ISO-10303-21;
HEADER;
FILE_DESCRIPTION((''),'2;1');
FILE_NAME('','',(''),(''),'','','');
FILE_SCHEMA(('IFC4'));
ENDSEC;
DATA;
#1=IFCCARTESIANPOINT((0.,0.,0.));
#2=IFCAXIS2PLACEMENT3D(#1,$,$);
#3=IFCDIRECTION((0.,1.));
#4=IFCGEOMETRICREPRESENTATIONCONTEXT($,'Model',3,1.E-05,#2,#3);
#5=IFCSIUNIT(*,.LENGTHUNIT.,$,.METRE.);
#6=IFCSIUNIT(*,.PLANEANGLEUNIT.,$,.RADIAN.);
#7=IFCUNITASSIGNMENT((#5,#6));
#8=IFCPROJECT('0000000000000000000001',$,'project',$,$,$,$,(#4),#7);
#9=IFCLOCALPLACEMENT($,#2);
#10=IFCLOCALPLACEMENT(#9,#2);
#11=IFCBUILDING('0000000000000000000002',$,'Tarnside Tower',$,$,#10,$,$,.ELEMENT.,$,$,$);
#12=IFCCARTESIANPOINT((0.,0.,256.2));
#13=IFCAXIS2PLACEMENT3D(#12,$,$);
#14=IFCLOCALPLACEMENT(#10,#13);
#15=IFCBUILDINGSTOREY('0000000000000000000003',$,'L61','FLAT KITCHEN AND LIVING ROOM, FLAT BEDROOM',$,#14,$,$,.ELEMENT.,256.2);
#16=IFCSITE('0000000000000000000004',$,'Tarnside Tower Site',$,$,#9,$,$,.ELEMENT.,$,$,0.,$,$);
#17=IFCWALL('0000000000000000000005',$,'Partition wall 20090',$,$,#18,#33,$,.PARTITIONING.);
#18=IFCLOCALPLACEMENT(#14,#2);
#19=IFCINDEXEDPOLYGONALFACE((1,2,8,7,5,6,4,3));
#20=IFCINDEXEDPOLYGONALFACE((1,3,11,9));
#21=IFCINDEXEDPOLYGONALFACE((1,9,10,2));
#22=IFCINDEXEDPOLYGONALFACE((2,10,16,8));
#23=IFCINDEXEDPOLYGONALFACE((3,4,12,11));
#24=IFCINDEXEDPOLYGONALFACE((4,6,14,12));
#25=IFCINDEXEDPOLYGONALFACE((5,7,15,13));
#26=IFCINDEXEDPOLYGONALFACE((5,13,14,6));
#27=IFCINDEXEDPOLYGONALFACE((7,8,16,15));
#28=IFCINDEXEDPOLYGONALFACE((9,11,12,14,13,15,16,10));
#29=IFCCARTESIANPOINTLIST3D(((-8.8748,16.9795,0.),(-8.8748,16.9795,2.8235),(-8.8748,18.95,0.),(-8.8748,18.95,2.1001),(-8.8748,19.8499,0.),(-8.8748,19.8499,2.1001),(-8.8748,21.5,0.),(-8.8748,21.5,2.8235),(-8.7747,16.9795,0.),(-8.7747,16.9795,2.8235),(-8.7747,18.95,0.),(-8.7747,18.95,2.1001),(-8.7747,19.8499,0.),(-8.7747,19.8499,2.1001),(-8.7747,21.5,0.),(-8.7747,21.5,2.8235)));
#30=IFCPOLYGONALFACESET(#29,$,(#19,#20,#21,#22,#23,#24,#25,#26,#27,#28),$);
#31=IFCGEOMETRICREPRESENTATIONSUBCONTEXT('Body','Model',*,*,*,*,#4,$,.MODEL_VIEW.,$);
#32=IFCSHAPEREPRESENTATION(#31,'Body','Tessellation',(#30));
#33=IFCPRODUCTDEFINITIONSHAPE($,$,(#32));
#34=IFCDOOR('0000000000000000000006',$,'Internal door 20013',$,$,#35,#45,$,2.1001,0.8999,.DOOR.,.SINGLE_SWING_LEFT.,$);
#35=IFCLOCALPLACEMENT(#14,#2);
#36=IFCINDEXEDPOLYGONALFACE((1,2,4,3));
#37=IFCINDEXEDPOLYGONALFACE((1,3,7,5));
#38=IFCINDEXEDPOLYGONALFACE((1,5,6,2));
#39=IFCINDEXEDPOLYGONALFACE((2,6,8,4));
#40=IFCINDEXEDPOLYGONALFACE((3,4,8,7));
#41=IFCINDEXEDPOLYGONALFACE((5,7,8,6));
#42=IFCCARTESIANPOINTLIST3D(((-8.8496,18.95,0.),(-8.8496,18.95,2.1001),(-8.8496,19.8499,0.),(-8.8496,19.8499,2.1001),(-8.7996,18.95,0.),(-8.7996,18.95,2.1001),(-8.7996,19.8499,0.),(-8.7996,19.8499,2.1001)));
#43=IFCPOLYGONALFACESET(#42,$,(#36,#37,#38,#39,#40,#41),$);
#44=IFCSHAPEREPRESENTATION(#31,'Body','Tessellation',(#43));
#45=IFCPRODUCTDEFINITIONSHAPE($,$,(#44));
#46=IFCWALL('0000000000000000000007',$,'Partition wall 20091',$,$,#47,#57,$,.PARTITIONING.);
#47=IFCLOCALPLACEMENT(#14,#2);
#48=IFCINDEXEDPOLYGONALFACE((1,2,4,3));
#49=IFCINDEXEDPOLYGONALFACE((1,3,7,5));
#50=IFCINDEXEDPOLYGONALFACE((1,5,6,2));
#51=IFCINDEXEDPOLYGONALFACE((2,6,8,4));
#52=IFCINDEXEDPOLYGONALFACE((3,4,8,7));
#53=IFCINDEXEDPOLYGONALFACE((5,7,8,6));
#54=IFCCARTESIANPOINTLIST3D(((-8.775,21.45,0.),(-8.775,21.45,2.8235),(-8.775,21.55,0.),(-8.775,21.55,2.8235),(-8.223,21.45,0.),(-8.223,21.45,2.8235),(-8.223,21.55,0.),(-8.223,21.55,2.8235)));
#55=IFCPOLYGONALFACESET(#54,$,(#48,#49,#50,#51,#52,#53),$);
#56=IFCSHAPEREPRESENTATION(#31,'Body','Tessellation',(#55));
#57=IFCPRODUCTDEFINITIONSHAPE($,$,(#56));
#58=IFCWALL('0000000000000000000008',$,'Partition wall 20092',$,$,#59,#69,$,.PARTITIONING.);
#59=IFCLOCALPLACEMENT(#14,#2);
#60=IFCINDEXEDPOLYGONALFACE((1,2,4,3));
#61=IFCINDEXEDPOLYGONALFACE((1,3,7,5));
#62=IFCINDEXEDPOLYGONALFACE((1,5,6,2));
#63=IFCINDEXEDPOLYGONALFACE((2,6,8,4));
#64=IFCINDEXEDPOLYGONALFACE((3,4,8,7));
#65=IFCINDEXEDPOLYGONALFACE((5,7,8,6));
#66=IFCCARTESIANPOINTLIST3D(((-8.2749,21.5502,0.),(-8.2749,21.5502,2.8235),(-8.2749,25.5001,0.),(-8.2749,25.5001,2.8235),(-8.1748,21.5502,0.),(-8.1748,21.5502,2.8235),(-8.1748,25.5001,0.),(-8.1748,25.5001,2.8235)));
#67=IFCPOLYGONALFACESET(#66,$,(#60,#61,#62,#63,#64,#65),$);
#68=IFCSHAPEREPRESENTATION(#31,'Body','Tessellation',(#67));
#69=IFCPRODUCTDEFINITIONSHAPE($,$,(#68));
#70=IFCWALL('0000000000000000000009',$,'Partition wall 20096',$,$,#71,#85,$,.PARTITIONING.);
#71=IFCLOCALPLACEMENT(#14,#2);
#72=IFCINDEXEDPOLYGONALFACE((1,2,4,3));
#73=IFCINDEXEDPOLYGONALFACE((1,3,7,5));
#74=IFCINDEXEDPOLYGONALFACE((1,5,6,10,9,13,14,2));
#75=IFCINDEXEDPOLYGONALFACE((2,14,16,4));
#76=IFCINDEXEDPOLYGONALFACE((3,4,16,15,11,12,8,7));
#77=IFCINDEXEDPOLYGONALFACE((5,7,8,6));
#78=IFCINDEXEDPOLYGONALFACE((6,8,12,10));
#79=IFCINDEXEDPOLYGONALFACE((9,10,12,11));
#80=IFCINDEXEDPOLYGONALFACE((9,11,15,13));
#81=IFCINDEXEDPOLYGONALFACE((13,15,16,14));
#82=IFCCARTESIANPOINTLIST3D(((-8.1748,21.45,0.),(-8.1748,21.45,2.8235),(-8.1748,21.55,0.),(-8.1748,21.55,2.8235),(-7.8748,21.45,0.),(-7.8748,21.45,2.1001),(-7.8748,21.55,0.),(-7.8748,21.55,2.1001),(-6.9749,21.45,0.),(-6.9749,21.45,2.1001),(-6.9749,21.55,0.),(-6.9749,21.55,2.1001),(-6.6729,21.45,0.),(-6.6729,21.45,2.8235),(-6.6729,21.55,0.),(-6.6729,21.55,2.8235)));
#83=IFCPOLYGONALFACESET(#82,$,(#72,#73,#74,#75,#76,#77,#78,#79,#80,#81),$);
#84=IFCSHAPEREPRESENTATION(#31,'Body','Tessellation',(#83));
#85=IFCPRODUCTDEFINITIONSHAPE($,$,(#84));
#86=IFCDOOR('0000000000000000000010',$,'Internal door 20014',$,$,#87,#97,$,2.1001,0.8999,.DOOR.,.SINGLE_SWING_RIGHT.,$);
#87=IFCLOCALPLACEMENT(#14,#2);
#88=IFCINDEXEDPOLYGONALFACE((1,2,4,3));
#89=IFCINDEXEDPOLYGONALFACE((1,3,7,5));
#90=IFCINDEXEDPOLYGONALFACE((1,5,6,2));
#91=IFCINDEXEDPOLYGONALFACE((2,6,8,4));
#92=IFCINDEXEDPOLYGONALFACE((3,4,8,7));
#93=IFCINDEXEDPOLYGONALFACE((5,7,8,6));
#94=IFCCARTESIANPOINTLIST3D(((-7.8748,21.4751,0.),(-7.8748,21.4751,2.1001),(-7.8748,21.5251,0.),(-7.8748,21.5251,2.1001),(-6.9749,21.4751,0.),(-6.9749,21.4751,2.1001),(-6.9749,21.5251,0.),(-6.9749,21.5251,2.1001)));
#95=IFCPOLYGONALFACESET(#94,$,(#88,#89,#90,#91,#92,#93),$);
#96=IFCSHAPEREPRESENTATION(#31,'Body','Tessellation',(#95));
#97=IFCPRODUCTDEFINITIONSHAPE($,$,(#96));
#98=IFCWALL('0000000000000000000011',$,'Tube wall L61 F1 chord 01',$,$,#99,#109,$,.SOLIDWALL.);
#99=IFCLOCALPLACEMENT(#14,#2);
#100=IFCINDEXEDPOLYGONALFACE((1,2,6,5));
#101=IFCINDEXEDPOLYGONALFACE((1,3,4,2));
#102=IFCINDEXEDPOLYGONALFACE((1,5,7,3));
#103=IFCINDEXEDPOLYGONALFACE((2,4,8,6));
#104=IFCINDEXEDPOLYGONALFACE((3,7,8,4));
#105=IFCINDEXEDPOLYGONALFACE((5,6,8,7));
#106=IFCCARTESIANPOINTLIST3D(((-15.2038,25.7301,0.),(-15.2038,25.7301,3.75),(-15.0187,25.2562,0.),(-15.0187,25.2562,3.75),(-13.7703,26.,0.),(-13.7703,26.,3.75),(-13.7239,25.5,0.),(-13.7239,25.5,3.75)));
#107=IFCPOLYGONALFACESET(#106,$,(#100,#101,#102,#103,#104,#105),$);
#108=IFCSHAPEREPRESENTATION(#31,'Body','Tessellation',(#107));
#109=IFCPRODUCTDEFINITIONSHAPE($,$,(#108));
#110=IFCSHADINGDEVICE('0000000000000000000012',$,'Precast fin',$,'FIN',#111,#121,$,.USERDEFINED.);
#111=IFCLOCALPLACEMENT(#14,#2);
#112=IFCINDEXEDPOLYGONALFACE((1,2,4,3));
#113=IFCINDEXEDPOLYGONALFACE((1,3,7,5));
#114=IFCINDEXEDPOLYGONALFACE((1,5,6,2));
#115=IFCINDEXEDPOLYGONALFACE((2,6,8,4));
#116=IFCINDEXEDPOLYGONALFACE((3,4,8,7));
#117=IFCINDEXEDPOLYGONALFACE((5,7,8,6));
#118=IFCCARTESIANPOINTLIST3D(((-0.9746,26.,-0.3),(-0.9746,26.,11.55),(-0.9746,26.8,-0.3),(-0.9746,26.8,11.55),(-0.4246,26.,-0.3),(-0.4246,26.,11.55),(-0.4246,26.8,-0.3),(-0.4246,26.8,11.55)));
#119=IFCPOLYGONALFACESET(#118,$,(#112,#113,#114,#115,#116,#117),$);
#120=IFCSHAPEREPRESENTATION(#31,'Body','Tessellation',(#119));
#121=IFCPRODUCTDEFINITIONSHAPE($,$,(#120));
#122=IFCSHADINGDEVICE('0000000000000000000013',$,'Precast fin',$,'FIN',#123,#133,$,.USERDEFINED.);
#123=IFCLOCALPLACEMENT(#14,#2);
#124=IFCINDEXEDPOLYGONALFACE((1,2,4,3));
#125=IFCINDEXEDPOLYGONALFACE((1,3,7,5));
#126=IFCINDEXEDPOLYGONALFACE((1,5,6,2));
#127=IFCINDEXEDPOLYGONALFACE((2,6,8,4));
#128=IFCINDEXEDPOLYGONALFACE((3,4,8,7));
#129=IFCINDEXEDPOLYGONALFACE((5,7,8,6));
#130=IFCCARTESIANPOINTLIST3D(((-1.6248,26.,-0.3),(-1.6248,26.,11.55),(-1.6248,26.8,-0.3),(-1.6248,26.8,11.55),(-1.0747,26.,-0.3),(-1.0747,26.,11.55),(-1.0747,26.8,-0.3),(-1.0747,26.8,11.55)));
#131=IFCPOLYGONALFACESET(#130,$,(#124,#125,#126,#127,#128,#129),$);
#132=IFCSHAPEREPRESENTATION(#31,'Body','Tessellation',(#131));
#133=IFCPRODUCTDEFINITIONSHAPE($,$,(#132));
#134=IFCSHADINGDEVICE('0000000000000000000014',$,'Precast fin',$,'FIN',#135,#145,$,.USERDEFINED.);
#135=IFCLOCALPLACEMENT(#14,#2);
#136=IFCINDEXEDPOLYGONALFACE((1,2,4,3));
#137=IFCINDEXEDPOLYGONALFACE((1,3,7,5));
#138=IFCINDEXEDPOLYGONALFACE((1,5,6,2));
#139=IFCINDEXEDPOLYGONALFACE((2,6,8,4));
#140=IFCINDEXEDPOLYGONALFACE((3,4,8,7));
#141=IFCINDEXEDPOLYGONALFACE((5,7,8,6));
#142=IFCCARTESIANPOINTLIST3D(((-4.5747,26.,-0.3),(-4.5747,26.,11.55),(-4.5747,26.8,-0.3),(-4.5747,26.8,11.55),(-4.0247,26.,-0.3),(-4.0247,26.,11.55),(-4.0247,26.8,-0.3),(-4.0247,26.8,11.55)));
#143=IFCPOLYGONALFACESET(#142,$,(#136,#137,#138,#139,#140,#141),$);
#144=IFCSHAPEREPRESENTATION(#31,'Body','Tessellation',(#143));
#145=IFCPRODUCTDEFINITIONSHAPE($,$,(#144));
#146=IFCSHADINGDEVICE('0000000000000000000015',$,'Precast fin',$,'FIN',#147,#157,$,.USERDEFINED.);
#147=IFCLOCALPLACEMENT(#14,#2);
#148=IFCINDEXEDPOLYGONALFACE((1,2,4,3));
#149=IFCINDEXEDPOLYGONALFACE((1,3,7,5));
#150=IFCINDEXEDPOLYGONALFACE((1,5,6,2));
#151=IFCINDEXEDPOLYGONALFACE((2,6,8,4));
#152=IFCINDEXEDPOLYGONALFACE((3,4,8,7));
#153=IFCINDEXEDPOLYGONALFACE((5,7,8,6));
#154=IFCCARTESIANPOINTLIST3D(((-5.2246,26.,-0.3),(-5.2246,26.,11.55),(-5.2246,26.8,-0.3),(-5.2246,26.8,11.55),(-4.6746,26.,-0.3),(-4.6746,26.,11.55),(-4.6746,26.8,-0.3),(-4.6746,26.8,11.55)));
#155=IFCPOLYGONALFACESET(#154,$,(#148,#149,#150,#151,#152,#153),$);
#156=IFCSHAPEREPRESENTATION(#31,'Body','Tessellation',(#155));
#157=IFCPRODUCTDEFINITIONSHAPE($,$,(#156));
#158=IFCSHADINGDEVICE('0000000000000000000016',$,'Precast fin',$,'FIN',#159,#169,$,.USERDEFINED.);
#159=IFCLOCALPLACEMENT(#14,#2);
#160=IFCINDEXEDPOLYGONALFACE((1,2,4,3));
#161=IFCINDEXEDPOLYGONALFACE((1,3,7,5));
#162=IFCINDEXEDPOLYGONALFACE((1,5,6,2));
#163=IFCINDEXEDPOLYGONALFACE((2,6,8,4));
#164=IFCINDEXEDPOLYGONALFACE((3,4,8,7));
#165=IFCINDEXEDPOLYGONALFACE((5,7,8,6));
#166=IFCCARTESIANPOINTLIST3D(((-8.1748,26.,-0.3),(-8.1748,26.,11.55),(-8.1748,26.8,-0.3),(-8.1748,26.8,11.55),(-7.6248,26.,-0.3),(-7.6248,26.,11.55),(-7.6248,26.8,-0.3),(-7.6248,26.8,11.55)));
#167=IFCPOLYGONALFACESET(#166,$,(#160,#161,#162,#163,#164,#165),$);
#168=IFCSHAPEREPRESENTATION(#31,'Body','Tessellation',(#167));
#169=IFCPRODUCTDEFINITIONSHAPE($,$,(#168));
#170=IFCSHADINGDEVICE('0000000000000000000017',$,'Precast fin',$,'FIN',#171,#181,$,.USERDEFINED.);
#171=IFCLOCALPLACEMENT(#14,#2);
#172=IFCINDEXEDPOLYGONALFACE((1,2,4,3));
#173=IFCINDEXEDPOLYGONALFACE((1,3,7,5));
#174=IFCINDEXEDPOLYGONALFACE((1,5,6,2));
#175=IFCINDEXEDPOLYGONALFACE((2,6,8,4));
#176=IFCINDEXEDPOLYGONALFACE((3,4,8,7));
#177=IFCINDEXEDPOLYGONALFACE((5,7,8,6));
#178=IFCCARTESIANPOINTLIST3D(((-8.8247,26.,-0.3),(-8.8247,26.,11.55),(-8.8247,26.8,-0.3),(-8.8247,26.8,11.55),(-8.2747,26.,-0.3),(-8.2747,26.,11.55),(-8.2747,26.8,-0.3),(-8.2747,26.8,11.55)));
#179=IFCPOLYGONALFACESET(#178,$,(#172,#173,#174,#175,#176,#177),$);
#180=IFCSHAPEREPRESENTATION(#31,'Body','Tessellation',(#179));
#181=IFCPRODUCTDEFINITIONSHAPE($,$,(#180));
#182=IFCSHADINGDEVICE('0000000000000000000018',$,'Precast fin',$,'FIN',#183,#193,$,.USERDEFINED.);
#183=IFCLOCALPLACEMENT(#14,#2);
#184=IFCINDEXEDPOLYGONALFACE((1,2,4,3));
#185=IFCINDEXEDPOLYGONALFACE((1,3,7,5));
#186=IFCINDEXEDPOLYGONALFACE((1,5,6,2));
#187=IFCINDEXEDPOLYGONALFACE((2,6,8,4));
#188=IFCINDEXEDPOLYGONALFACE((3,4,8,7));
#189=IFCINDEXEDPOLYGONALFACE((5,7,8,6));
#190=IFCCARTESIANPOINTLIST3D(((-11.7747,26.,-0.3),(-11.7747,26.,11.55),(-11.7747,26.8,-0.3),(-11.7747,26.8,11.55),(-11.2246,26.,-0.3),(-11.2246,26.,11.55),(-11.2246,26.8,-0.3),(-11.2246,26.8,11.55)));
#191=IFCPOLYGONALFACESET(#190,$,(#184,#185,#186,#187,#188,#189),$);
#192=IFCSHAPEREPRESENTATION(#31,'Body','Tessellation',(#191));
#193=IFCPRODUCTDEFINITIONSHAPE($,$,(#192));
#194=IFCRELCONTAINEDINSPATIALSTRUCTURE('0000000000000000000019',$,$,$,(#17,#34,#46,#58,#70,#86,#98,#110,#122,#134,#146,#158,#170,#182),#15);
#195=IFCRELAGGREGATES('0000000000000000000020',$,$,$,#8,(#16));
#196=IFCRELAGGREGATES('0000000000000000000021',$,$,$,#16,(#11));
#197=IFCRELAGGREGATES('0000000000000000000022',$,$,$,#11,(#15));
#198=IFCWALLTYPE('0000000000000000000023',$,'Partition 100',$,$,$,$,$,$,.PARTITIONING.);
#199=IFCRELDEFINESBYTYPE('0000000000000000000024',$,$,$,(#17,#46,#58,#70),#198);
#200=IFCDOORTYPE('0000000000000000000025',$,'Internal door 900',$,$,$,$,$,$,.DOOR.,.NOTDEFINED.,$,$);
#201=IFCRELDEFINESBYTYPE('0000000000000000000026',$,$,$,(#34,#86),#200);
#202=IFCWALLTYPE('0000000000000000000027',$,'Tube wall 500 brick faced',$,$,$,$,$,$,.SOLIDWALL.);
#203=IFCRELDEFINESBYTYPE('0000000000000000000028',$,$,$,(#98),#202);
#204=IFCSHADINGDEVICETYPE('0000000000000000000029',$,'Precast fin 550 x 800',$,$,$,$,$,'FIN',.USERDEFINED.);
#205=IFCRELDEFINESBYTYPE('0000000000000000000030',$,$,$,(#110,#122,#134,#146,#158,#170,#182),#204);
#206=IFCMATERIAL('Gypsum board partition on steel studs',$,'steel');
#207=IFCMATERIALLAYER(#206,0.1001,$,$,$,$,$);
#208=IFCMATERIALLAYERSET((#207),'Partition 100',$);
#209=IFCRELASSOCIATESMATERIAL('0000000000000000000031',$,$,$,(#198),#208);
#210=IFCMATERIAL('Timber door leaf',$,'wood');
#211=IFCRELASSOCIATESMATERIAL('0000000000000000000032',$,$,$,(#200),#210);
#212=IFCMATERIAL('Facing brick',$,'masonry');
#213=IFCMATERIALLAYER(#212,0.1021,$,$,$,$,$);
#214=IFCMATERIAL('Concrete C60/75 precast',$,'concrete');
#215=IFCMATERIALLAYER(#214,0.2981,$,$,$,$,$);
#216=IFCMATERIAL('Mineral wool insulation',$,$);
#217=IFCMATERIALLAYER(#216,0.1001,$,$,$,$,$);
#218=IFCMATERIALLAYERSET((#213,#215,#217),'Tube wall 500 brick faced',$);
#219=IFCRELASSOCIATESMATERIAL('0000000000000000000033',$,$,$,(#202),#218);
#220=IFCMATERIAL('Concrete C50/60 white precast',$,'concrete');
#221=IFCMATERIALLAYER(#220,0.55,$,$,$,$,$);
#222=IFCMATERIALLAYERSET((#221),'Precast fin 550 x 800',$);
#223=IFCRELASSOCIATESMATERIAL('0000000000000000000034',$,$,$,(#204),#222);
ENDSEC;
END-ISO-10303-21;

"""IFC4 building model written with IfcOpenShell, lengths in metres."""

from ifc_helpers import new_model, si_unit, direction, frame, frame_2d, origin, place, context, subcontext, project, spatial, polyline, rectangle, outline, extrude, material, layer, layer_set, type_object, element, fill, save


model = new_model("IFC4")

# Units and contexts
model_context = context("Model", 3, precision=1e-05, world=origin(), true_north=direction((0.0, 1.0)))
body_context = subcontext(model_context, "Body", "Model", "MODEL_VIEW")
ifc_project = project(units=[si_unit("LENGTHUNIT", "METRE"), si_unit("PLANEANGLEUNIT", "RADIAN")], contexts=[model_context])

# Site, building, storey
site_placement = place(None, origin())
site = spatial("IfcSite", under=ifc_project, at=site_placement, Name="Tarnside Tower Site", CompositionType="ELEMENT", RefElevation=0.0)
building_placement = place(site_placement, origin())
building = spatial("IfcBuilding", under=site, at=building_placement, Name="Tarnside Tower", CompositionType="ELEMENT")
storey_placement = place(building_placement, frame((0.0, 0.0, 256.2)))
storey = spatial("IfcBuildingStorey", under=building, at=storey_placement, Name="L61", Description="FLAT KITCHEN AND LIVING ROOM, FLAT BEDROOM", CompositionType="ELEMENT", Elevation=256.2)

# Shared definitions
ifc_material_1 = material(Name="Gypsum board partition on steel studs", Category="steel")
ifc_material_2 = material(Name="Timber door leaf", Category="wood")

# Wall, opening, door
ifc_layer_1 = layer(ifc_material_1, 0.1001)
ifc_layer_set_1 = layer_set([ifc_layer_1], Name="Partition 100")
wall_type_1 = type_object("IfcWallType", Name="Partition 100", PredefinedType="PARTITIONING", material=ifc_layer_set_1)
wall_1_placement = place(storey_placement, frame((-8.8247, 16.9795, 0.0), z_axis=(0.0, 0.0, 1.0), x_axis=(0.0, 1.0, 0.0)))
wall_1 = element("IfcWall", 1, at=wall_1_placement, inside=storey, type_object=wall_type_1, Name="Partition wall 20090", PredefinedType="PARTITIONING", context=body_context, shape_type="SweptSolid", body=[
    extrude(rectangle(XDim=4.5205, YDim=0.1001, at=frame_2d((2.2603, 0.0))), origin(), (0.0, 0.0, 1.0), 2.8235),
])
opening_1_placement = place(wall_1_placement, frame((1.9705, 0.0, 0.0)))
opening_1 = element("IfcOpeningElement", 2, at=opening_1_placement, cuts=wall_1, PredefinedType="OPENING", context=body_context, shape_type="SweptSolid", body=[
    extrude(rectangle(XDim=0.8999, YDim=2.1001, at=frame_2d((0.45, 1.05))), frame((0.0, 0.0601, 0.0), z_axis=(0.0, -1.0, 0.0), x_axis=(1.0, 0.0, 0.0)), (0.0, 0.0, 1.0), 0.1201),
])
door_type_1 = type_object("IfcDoorType", Name="Internal door 900", OperationType="NOTDEFINED", PredefinedType="DOOR", material=ifc_material_2)
door_1_placement = place(opening_1_placement, origin())
door_1 = element("IfcDoor", 3, at=door_1_placement, inside=storey, type_object=door_type_1, Name="Internal door 20013", OperationType="SINGLE_SWING_LEFT", OverallHeight=2.1001, OverallWidth=0.8999, PredefinedType="DOOR", context=body_context, shape_type="SweptSolid", body=[
    extrude(rectangle(XDim=0.8999, YDim=2.1001, at=frame_2d((0.45, 1.05))), frame((0.0, 0.0249, 0.0), z_axis=(0.0, -1.0, 0.0), x_axis=(1.0, 0.0, 0.0)), (0.0, 0.0, 1.0), 0.05),
])
fill(opening_1, door_1)

# Walls
wall_2_placement = place(storey_placement, frame((-8.7749, 21.5, 0.0), z_axis=(0.0, 0.0, 1.0), x_axis=(1.0, 0.0, 0.0)))
element("IfcWall", 4, at=wall_2_placement, inside=storey, type_object=wall_type_1, Name="Partition wall 20091", PredefinedType="PARTITIONING", context=body_context, shape_type="SweptSolid", body=[
    extrude(rectangle(XDim=0.552, YDim=0.1001, at=frame_2d((0.2759, 0.0))), origin(), (0.0, 0.0, 1.0), 2.8235),
])
wall_3_placement = place(storey_placement, frame((-8.2249, 21.55, 0.0), z_axis=(0.0, 0.0, 1.0), x_axis=(0.0, 1.0, 0.0)))
element("IfcWall", 5, at=wall_3_placement, inside=storey, type_object=wall_type_1, Name="Partition wall 20092", PredefinedType="PARTITIONING", context=body_context, shape_type="SweptSolid", body=[
    extrude(rectangle(XDim=3.95, YDim=0.1001, at=frame_2d((1.9751, 0.0))), origin(), (0.0, 0.0, 1.0), 2.8235),
])

# Wall, opening, door
wall_4_placement = place(storey_placement, frame((-6.6729, 21.5, 0.0), z_axis=(0.0, 0.0, 1.0), x_axis=(-1.0, 0.0, 0.0)))
wall_4 = element("IfcWall", 6, at=wall_4_placement, inside=storey, type_object=wall_type_1, Name="Partition wall 20096", PredefinedType="PARTITIONING", context=body_context, shape_type="SweptSolid", body=[
    extrude(rectangle(XDim=1.502, YDim=0.1001, at=frame_2d((0.751, 0.0))), origin(), (0.0, 0.0, 1.0), 2.8235),
])
opening_2_placement = place(wall_4_placement, frame((0.302, 0.0, 0.0)))
opening_2 = element("IfcOpeningElement", 7, at=opening_2_placement, cuts=wall_4, PredefinedType="OPENING", context=body_context, shape_type="SweptSolid", body=[
    extrude(rectangle(XDim=0.8999, YDim=2.1001, at=frame_2d((0.45, 1.05))), frame((0.0, 0.0601, 0.0), z_axis=(0.0, -1.0, 0.0), x_axis=(1.0, 0.0, 0.0)), (0.0, 0.0, 1.0), 0.1201),
])
door_2_placement = place(opening_2_placement, origin())
door_2 = element("IfcDoor", 8, at=door_2_placement, inside=storey, type_object=door_type_1, Name="Internal door 20014", OperationType="SINGLE_SWING_RIGHT", OverallHeight=2.1001, OverallWidth=0.8999, PredefinedType="DOOR", context=body_context, shape_type="SweptSolid", body=[
    extrude(rectangle(XDim=0.8999, YDim=2.1001, at=frame_2d((0.45, 1.05))), frame((0.0, 0.0249, 0.0), z_axis=(0.0, -1.0, 0.0), x_axis=(1.0, 0.0, 0.0)), (0.0, 0.0, 1.0), 0.05),
])
fill(opening_2, door_2)

# Wall
ifc_material_3 = material(Name="Facing brick", Category="masonry")
ifc_layer_2 = layer(ifc_material_3, 0.1021)
ifc_material_4 = material(Name="Concrete C60/75 precast", Category="concrete")
ifc_layer_3 = layer(ifc_material_4, 0.2981)
ifc_material_5 = material(Name="Mineral wool insulation")
ifc_layer_4 = layer(ifc_material_5, 0.1001)
ifc_layer_set_2 = layer_set([ifc_layer_2, ifc_layer_3, ifc_layer_4], Name="Tube wall 500 brick faced")
wall_type_2 = type_object("IfcWallType", Name="Tube wall 500 brick faced", PredefinedType="SOLIDWALL", material=ifc_layer_set_2)
wall_5_placement = place(storey_placement, frame((-13.7471, 25.75, 0.0), z_axis=(0.0, 0.0, 1.0), x_axis=(-0.982737, -0.185011, 0.0)))
element("IfcWall", 9, at=wall_5_placement, inside=storey, type_object=wall_type_2, Name="Tube wall L61 F1 chord 01", PredefinedType="SOLIDWALL", context=body_context, shape_type="SweptSolid", body=[
    extrude(outline(polyline([(-0.0234, -0.25), (1.4353, -0.25), (1.3411, 0.25), (0.0234, 0.25), (-0.0234, -0.25)])), origin(), (0.0, 0.0, 1.0), 3.75),
])

# Shading devices
ifc_material_6 = material(Name="Concrete C50/60 white precast", Category="concrete")
ifc_layer_5 = layer(ifc_material_6, 0.55)
ifc_layer_set_3 = layer_set([ifc_layer_5], Name="Precast fin 550 x 800")
shading_device_type = type_object("IfcShadingDeviceType", Name="Precast fin 550 x 800", ElementType="FIN", PredefinedType="USERDEFINED", material=ifc_layer_set_3)
for number, where, z_axis, x_axis, name in (
    (10, (-0.6997, 26.0, -0.3), (1.0, 0.0, 0.0), (0.0, 1.0, 0.0), "Precast fin"),
    (11, (-1.3499, 26.0, -0.3), (1.0, 0.0, 0.0), (0.0, 1.0, 0.0), "Precast fin"),
    (12, (-4.2998, 26.0, -0.3), (1.0, 0.0, 0.0), (0.0, 1.0, 0.0), "Precast fin"),
    (13, (-4.9497, 26.0, -0.3), (1.0, 0.0, 0.0), (0.0, 1.0, 0.0), "Precast fin"),
    (14, (-7.8999, 26.0, -0.3), (1.0, 0.0, 0.0), (0.0, 1.0, 0.0), "Precast fin"),
    (15, (-8.5498, 26.0, -0.3), (1.0, 0.0, 0.0), (0.0, 1.0, 0.0), "Precast fin"),
    (16, (-11.4998, 26.0, -0.3), (1.0, 0.0, 0.0), (0.0, 1.0, 0.0), "Precast fin"),
):
    element("IfcShadingDevice", number, at=place(storey_placement, frame(where, z_axis=z_axis, x_axis=x_axis)), inside=storey, type_object=shading_device_type, Name=name, ObjectType="FIN", PredefinedType="USERDEFINED", context=body_context, shape_type="SweptSolid", body=[
        extrude(outline(polyline([(0.0, 0.0), (0.8, 0.0), (0.8, 11.8501), (0.0, 11.8501), (0.0, 0.0)])), frame((0.0, 0.0, -0.2749)), (0.0, 0.0, 1.0), 0.55),
    ])

save(model, "model.ifc")
